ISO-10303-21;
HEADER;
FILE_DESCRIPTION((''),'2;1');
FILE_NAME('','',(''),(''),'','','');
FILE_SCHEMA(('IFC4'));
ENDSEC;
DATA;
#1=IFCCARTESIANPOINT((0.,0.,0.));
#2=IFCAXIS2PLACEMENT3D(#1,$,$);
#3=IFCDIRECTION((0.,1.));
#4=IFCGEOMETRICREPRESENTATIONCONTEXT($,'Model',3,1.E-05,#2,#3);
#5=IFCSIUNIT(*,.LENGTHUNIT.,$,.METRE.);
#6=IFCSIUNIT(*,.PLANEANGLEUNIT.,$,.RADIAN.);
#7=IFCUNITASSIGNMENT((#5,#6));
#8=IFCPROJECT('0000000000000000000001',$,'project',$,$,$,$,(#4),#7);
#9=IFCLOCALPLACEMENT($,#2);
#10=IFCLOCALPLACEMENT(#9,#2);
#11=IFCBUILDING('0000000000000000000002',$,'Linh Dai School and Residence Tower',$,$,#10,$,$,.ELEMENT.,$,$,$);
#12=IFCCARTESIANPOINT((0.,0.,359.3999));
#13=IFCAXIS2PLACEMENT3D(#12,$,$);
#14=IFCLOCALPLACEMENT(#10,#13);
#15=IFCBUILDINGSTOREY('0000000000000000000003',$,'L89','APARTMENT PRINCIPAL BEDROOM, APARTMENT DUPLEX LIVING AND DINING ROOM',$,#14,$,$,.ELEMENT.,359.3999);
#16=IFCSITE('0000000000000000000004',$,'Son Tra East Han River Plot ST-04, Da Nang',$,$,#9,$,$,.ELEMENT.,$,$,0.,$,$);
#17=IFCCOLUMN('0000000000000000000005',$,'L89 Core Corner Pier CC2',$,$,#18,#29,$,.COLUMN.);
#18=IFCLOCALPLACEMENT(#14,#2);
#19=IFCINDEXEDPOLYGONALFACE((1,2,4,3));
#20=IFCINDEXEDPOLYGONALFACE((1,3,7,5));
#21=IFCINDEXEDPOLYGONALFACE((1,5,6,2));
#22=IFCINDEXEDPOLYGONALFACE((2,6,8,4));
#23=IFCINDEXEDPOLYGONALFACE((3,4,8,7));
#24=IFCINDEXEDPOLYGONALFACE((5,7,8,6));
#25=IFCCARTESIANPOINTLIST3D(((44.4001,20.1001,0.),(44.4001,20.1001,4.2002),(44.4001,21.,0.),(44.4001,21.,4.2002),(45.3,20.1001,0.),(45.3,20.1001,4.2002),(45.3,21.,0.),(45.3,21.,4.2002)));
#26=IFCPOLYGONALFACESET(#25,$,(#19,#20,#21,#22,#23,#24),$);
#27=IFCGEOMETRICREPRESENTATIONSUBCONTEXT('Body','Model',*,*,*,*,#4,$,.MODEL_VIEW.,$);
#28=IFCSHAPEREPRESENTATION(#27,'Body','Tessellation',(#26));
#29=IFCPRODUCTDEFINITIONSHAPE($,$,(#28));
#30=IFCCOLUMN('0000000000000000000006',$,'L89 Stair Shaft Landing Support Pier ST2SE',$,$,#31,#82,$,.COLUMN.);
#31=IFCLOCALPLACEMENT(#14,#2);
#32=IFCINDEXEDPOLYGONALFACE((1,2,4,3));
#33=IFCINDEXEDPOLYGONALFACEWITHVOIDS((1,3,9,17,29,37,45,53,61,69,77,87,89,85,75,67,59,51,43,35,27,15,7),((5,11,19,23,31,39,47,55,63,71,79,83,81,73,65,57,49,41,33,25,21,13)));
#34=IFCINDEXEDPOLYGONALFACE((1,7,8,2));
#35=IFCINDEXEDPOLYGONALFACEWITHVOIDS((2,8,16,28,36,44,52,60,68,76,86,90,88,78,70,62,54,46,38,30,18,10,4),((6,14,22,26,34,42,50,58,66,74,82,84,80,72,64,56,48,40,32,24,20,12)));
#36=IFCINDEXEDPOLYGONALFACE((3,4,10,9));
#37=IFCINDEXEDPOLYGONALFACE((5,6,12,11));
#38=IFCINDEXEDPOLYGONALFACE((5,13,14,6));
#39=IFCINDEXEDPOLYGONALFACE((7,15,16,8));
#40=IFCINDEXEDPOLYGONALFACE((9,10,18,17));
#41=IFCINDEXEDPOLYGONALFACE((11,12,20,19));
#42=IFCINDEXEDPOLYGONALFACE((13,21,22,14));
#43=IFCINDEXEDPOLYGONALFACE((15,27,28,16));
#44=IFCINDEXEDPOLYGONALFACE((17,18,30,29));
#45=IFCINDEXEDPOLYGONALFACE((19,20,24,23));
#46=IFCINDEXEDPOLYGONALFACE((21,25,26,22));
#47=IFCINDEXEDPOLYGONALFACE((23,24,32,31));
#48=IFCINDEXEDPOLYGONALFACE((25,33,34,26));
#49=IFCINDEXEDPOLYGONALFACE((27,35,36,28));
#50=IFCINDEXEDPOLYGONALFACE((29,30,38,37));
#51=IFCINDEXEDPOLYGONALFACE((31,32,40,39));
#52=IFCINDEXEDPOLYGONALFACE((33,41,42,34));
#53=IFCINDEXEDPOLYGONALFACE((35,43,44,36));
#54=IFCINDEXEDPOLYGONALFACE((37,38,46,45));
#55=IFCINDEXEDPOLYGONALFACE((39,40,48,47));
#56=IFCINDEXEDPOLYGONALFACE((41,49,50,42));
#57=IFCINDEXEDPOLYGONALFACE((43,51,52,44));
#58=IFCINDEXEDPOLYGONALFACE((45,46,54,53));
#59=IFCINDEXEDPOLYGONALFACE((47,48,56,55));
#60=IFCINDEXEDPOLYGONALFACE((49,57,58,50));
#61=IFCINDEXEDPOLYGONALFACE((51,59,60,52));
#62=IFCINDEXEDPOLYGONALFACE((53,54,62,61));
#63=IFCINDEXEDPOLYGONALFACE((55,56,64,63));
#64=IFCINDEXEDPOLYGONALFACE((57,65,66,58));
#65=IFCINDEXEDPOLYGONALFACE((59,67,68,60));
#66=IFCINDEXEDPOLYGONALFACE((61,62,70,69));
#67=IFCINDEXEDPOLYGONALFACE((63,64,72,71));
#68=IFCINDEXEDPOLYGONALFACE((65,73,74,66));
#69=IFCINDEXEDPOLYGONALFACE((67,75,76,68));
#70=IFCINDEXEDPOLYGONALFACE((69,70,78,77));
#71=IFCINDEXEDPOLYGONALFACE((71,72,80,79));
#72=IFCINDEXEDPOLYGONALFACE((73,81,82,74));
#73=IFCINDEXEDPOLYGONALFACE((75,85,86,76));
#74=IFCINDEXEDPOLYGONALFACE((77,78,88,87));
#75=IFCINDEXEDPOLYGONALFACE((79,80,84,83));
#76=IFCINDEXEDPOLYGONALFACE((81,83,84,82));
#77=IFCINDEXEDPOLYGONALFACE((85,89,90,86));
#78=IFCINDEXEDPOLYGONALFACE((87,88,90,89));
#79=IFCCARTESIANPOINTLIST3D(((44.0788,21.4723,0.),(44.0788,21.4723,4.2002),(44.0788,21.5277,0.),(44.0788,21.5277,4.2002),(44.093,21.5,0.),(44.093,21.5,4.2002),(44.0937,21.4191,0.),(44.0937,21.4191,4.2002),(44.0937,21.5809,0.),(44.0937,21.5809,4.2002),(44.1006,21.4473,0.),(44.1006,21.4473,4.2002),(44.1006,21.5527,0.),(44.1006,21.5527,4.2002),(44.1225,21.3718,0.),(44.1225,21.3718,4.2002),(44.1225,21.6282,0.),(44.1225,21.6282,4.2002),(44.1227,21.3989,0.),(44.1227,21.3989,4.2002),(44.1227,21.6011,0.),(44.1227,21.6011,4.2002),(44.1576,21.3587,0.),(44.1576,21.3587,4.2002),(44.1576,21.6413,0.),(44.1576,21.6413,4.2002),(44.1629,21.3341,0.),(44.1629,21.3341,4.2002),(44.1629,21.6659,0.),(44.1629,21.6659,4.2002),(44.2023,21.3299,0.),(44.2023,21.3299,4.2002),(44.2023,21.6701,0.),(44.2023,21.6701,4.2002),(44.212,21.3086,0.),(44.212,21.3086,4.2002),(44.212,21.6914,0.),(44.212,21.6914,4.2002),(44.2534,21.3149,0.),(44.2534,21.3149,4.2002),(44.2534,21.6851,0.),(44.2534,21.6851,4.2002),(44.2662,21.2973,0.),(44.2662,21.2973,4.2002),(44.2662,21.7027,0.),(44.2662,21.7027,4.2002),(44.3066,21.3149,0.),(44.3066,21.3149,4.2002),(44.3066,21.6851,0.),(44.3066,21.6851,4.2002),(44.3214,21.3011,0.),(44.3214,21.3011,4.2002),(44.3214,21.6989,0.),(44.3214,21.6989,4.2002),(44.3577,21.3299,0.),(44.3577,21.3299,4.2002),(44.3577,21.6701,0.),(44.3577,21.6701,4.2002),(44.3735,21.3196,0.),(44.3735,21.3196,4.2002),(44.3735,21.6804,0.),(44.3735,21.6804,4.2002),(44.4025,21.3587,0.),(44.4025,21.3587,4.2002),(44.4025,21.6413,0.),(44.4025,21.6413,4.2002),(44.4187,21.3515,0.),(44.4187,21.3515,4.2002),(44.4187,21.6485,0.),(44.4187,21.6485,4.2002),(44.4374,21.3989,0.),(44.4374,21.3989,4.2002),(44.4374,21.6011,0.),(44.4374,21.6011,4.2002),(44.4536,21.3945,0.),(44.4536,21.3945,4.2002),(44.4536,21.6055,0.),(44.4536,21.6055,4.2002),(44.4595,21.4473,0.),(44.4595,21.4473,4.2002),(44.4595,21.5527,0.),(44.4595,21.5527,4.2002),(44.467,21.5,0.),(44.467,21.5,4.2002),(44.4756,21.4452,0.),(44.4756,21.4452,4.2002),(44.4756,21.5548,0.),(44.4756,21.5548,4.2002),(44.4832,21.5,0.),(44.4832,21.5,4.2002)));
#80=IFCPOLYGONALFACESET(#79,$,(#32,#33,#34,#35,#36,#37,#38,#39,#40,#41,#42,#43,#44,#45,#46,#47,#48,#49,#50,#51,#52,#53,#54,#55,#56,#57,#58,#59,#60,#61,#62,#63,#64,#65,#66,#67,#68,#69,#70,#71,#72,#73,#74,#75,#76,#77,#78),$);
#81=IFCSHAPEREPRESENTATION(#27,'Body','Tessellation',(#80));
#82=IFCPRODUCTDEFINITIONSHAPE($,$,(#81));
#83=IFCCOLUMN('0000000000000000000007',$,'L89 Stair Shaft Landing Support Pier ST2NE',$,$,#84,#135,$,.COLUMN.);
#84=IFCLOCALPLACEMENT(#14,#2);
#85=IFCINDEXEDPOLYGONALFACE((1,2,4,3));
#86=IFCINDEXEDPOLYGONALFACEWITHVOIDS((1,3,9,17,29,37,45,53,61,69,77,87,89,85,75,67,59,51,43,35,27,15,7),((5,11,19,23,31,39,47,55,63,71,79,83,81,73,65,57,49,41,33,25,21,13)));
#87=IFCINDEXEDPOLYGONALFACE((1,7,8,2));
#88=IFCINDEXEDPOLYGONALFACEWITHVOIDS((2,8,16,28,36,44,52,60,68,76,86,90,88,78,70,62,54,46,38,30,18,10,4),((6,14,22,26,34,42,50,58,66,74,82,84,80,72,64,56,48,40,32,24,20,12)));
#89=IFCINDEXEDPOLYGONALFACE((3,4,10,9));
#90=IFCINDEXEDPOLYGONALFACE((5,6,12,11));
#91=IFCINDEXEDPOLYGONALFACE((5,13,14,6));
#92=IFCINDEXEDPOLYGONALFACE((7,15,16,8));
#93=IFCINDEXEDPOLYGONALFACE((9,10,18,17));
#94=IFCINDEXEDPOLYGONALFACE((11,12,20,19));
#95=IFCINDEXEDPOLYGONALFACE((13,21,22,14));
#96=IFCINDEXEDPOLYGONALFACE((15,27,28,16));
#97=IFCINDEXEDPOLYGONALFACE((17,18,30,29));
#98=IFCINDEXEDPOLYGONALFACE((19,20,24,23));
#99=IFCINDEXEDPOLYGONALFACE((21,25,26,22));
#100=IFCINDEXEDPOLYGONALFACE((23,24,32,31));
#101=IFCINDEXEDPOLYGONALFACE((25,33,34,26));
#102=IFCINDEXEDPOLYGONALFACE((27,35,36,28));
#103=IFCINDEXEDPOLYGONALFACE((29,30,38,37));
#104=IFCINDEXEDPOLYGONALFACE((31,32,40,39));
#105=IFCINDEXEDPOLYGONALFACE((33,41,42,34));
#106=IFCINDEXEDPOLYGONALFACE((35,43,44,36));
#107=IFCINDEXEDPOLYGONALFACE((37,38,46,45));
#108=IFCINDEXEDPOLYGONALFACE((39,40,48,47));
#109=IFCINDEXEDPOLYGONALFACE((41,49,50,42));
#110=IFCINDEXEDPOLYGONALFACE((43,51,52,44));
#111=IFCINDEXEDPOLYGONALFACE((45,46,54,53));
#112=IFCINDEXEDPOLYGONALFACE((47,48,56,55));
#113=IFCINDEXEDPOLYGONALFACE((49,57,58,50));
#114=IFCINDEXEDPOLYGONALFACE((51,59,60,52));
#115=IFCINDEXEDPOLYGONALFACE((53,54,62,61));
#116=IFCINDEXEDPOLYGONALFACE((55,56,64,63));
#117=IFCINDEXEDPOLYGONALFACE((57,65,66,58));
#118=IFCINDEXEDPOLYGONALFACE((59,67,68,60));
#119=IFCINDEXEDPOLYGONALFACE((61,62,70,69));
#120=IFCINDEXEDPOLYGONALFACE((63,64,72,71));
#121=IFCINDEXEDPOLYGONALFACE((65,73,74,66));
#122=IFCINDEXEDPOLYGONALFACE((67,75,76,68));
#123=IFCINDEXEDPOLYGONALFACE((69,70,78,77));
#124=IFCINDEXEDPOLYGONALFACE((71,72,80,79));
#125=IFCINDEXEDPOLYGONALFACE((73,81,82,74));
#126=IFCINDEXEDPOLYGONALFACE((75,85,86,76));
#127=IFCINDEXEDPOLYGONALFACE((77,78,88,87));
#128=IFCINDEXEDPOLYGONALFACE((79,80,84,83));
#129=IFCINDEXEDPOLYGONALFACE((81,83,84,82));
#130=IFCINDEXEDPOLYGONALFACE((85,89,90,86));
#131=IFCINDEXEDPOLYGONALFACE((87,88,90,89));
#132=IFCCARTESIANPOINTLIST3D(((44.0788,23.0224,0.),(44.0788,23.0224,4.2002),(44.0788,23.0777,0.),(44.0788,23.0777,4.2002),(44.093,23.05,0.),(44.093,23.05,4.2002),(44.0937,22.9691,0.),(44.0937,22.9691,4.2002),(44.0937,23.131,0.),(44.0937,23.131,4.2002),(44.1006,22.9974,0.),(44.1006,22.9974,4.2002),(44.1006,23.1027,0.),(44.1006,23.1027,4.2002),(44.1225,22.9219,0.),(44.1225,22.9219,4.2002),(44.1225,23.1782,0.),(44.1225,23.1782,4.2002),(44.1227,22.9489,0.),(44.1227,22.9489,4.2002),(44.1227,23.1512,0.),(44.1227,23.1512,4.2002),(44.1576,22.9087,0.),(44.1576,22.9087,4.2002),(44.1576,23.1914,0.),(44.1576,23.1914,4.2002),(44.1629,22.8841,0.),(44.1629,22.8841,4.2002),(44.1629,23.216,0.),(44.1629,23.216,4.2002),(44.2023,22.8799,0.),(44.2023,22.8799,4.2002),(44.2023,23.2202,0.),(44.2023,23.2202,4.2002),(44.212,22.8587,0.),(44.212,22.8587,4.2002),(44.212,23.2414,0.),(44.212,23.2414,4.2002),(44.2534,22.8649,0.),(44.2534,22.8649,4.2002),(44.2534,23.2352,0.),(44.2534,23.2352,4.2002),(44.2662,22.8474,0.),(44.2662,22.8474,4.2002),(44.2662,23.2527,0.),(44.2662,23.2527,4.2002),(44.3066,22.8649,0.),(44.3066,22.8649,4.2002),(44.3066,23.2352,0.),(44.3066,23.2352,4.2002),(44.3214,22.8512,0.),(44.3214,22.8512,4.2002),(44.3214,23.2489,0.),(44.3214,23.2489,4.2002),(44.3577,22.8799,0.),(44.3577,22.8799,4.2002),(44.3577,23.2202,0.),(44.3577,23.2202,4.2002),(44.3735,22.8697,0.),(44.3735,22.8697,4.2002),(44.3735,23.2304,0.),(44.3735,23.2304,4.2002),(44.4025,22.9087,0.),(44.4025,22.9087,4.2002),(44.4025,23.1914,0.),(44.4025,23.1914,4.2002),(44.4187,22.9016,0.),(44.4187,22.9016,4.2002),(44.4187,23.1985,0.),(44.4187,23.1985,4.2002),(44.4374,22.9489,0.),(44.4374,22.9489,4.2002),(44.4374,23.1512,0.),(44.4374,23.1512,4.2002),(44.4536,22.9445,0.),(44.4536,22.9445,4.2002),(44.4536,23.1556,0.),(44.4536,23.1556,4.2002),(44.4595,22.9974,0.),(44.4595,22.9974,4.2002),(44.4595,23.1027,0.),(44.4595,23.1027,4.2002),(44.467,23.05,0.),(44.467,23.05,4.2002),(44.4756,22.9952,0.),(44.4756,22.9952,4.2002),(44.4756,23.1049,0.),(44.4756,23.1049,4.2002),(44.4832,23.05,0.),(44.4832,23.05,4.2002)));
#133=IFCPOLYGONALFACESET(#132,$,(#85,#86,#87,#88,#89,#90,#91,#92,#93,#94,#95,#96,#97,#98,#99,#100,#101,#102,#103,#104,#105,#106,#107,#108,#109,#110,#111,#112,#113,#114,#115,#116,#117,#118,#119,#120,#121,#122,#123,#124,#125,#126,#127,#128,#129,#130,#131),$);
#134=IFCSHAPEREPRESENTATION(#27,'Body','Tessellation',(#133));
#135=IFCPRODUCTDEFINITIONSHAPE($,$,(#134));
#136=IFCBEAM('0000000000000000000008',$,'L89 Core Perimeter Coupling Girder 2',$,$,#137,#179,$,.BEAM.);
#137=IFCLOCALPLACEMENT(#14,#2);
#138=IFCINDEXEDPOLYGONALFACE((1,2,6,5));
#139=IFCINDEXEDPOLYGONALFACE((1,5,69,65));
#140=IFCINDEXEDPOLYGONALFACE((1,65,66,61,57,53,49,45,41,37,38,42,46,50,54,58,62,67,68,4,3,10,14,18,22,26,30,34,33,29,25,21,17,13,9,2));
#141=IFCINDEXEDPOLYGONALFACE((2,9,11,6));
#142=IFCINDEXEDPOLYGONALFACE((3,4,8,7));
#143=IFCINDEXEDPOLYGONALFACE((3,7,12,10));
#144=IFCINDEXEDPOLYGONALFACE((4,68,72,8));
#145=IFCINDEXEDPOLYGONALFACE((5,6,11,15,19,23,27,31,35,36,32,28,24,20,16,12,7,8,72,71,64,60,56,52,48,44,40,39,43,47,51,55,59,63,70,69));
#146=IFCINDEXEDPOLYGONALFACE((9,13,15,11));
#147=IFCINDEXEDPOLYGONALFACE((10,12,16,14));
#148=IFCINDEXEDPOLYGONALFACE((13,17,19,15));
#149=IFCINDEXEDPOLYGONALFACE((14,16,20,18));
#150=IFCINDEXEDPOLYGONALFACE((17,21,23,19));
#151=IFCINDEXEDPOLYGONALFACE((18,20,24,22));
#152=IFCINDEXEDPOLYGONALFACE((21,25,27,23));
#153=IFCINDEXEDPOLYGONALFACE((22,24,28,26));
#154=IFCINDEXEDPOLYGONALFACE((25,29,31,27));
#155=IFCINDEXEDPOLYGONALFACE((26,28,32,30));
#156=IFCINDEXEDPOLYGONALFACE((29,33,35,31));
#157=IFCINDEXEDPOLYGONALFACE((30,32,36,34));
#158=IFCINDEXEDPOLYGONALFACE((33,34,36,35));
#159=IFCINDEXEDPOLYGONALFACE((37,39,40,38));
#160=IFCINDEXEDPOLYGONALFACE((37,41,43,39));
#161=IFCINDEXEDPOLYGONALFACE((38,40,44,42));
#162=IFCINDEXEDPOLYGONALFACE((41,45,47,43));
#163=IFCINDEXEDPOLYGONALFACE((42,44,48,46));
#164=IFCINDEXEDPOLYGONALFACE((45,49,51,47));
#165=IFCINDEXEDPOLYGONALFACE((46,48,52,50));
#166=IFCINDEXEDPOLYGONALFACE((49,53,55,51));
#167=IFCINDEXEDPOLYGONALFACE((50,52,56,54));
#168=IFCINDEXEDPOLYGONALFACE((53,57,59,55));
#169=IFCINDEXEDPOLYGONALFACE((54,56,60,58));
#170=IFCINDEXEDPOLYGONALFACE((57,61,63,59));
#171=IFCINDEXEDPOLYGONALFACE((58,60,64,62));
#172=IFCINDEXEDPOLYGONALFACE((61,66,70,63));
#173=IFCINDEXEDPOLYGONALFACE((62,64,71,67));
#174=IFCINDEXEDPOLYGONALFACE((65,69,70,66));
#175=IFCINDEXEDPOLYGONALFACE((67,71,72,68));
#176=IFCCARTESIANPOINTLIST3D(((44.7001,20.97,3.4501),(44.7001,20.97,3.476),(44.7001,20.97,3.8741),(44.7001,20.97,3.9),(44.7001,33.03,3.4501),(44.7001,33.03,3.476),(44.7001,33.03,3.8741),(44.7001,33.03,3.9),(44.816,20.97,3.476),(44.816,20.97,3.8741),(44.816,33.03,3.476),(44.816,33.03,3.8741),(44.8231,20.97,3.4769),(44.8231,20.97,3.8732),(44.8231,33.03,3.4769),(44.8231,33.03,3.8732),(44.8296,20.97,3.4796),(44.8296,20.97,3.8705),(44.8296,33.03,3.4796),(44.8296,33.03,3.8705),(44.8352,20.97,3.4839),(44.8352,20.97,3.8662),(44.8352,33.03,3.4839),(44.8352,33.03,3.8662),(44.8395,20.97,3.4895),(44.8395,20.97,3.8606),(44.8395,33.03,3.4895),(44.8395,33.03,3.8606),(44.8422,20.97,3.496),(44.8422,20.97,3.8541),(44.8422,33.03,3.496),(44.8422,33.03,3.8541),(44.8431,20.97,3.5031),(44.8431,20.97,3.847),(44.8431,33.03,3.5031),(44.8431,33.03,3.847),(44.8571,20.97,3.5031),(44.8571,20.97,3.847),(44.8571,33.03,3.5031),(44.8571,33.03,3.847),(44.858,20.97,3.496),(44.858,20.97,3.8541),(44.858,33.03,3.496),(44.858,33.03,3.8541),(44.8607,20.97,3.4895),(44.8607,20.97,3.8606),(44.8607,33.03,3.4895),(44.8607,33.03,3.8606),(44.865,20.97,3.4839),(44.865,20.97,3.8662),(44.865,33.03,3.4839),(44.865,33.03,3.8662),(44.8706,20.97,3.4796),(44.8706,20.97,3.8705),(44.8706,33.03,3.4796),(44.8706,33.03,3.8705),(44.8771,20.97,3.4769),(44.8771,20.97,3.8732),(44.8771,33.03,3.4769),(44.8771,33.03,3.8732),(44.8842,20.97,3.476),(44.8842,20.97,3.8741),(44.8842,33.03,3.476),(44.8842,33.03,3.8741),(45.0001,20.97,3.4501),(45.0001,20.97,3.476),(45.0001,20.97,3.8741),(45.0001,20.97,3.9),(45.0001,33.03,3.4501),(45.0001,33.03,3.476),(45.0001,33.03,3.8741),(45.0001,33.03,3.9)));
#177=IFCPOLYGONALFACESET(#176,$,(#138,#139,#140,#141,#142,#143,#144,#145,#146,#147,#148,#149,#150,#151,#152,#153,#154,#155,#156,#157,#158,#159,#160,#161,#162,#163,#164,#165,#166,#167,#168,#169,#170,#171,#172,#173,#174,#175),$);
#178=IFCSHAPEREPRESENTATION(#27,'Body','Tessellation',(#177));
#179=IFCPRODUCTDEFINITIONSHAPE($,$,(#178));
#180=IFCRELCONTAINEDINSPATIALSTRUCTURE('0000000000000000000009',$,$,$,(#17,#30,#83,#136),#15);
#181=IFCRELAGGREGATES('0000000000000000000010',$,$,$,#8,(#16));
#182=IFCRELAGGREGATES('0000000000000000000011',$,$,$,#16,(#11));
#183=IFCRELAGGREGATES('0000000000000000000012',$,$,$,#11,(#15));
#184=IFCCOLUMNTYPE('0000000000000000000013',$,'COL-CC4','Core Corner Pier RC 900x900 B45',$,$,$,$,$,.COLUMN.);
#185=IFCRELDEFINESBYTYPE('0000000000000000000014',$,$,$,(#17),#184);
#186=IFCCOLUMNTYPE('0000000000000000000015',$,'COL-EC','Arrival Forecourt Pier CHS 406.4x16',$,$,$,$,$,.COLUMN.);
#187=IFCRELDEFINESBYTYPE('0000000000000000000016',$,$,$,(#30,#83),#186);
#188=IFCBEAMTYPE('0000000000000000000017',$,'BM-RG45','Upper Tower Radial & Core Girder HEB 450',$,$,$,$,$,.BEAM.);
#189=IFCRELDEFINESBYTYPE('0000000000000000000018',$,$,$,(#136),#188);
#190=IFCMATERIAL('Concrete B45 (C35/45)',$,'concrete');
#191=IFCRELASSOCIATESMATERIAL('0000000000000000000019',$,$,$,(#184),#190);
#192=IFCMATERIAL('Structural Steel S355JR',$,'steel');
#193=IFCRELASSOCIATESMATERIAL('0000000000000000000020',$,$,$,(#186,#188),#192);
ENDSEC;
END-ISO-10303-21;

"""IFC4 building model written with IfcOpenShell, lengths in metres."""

from ifc_helpers import new_model, si_unit, direction, frame, origin, origin_2d, place, context, subcontext, project, spatial, rectangle, hollow_circle, i_section, extrude, material, material_profile, profile_set, type_object, element, save


model = new_model("IFC4")

# Units and contexts
model_context = context("Model", 3, precision=1e-05, world=origin(), true_north=direction((0.0, 1.0)))
body_context = subcontext(model_context, "Body", "Model", "MODEL_VIEW")
ifc_project = project(units=[si_unit("LENGTHUNIT", "METRE"), si_unit("PLANEANGLEUNIT", "RADIAN")], contexts=[model_context])

# Site, building, storey
site_placement = place(None, origin())
site = spatial("IfcSite", under=ifc_project, at=site_placement, Name="Son Tra East Han River Plot ST-04, Da Nang", CompositionType="ELEMENT", RefElevation=0.0)
building_placement = place(site_placement, origin())
building = spatial("IfcBuilding", under=site, at=building_placement, Name="Linh Dai School and Residence Tower", CompositionType="ELEMENT")
storey_placement = place(building_placement, frame((0.0, 0.0, 359.3999)))
storey = spatial("IfcBuildingStorey", under=building, at=storey_placement, Name="L89", Description="APARTMENT PRINCIPAL BEDROOM, APARTMENT DUPLEX LIVING AND DINING ROOM", CompositionType="ELEMENT", Elevation=359.3999)

# Columns
ifc_material_1 = material(Name="Concrete B45 (C35/45)", Category="concrete")
ifc_material_profile_1 = material_profile(ifc_material_1, rectangle(XDim=0.8999, YDim=0.8999, at=origin_2d()), Name="RC 900x900")
ifc_profile_set_1 = profile_set([ifc_material_profile_1], Name="Concrete B45 (C35/45)")
column_type_1 = type_object("IfcColumnType", Name="COL-CC4", Description="Core Corner Pier RC 900x900 B45", PredefinedType="COLUMN", material=ifc_profile_set_1)
column_placement = place(storey_placement, frame((44.8501, 20.55, 0.0), z_axis=(0.0, 0.0, 1.0), x_axis=(1.0, 0.0, 0.0)))
element("IfcColumn", 1, at=column_placement, inside=storey, type_object=column_type_1, Name="L89 Core Corner Pier CC2", PredefinedType="COLUMN", context=body_context, shape_type="SweptSolid", body=[
    extrude(rectangle(XDim=0.8999, YDim=0.8999, at=origin_2d()), origin(), (0.0, 0.0, 1.0), 4.2002),
])
ifc_material_2 = material(Name="Structural Steel S355JR", Category="steel")
ifc_material_profile_2 = material_profile(ifc_material_2, hollow_circle(Radius=0.2031, WallThickness=0.0161, at=origin_2d()), Name="CHS 406.4x16")
ifc_profile_set_2 = profile_set([ifc_material_profile_2], Name="Structural Steel S355JR")
column_type_2 = type_object("IfcColumnType", Name="COL-EC", Description="Arrival Forecourt Pier CHS 406.4x16", PredefinedType="COLUMN", material=ifc_profile_set_2)
for number, where, z_axis, x_axis, name in (
    (2, (44.28, 21.5, 0.0), (0.0, 0.0, 1.0), (1.0, 0.0, 0.0), "L89 Stair Shaft Landing Support Pier ST2SE"),
    (3, (44.28, 23.05, 0.0), (0.0, 0.0, 1.0), (1.0, 0.0, 0.0), "L89 Stair Shaft Landing Support Pier ST2NE"),
):
    element("IfcColumn", number, at=place(storey_placement, frame(where, z_axis=z_axis, x_axis=x_axis)), inside=storey, type_object=column_type_2, Name=name, PredefinedType="COLUMN", context=body_context, shape_type="SweptSolid", body=[
        extrude(hollow_circle(Radius=0.2031, WallThickness=0.0161, at=origin_2d()), origin(), (0.0, 0.0, 1.0), 4.2002),
    ])

# Beam
ifc_material_profile_3 = material_profile(ifc_material_2, i_section(OverallWidth=0.3, OverallDepth=0.45, WebThickness=0.0139, FlangeThickness=0.0259, FilletRadius=0.0271, at=origin_2d()), Name="HEB 450")
ifc_profile_set_3 = profile_set([ifc_material_profile_3], Name="Structural Steel S355JR")
beam_type_1 = type_object("IfcBeamType", Name="BM-RG45", Description="Upper Tower Radial & Core Girder HEB 450", PredefinedType="BEAM", material=ifc_profile_set_3)
beam_1_placement = place(storey_placement, frame((44.8501, 20.97, 3.675), z_axis=(0.0, 1.0, 0.0), x_axis=(-1.0, 0.0, 0.0)))
element("IfcBeam", 4, at=beam_1_placement, inside=storey, type_object=beam_type_1, Name="L89 Core Perimeter Coupling Girder 2", PredefinedType="BEAM", context=body_context, shape_type="SweptSolid", body=[
    extrude(i_section(OverallWidth=0.3, OverallDepth=0.45, WebThickness=0.0139, FlangeThickness=0.0259, FilletRadius=0.0271, at=origin_2d()), origin(), (0.0, 0.0, 1.0), 12.0601),
])

save(model, "model.ifc")
